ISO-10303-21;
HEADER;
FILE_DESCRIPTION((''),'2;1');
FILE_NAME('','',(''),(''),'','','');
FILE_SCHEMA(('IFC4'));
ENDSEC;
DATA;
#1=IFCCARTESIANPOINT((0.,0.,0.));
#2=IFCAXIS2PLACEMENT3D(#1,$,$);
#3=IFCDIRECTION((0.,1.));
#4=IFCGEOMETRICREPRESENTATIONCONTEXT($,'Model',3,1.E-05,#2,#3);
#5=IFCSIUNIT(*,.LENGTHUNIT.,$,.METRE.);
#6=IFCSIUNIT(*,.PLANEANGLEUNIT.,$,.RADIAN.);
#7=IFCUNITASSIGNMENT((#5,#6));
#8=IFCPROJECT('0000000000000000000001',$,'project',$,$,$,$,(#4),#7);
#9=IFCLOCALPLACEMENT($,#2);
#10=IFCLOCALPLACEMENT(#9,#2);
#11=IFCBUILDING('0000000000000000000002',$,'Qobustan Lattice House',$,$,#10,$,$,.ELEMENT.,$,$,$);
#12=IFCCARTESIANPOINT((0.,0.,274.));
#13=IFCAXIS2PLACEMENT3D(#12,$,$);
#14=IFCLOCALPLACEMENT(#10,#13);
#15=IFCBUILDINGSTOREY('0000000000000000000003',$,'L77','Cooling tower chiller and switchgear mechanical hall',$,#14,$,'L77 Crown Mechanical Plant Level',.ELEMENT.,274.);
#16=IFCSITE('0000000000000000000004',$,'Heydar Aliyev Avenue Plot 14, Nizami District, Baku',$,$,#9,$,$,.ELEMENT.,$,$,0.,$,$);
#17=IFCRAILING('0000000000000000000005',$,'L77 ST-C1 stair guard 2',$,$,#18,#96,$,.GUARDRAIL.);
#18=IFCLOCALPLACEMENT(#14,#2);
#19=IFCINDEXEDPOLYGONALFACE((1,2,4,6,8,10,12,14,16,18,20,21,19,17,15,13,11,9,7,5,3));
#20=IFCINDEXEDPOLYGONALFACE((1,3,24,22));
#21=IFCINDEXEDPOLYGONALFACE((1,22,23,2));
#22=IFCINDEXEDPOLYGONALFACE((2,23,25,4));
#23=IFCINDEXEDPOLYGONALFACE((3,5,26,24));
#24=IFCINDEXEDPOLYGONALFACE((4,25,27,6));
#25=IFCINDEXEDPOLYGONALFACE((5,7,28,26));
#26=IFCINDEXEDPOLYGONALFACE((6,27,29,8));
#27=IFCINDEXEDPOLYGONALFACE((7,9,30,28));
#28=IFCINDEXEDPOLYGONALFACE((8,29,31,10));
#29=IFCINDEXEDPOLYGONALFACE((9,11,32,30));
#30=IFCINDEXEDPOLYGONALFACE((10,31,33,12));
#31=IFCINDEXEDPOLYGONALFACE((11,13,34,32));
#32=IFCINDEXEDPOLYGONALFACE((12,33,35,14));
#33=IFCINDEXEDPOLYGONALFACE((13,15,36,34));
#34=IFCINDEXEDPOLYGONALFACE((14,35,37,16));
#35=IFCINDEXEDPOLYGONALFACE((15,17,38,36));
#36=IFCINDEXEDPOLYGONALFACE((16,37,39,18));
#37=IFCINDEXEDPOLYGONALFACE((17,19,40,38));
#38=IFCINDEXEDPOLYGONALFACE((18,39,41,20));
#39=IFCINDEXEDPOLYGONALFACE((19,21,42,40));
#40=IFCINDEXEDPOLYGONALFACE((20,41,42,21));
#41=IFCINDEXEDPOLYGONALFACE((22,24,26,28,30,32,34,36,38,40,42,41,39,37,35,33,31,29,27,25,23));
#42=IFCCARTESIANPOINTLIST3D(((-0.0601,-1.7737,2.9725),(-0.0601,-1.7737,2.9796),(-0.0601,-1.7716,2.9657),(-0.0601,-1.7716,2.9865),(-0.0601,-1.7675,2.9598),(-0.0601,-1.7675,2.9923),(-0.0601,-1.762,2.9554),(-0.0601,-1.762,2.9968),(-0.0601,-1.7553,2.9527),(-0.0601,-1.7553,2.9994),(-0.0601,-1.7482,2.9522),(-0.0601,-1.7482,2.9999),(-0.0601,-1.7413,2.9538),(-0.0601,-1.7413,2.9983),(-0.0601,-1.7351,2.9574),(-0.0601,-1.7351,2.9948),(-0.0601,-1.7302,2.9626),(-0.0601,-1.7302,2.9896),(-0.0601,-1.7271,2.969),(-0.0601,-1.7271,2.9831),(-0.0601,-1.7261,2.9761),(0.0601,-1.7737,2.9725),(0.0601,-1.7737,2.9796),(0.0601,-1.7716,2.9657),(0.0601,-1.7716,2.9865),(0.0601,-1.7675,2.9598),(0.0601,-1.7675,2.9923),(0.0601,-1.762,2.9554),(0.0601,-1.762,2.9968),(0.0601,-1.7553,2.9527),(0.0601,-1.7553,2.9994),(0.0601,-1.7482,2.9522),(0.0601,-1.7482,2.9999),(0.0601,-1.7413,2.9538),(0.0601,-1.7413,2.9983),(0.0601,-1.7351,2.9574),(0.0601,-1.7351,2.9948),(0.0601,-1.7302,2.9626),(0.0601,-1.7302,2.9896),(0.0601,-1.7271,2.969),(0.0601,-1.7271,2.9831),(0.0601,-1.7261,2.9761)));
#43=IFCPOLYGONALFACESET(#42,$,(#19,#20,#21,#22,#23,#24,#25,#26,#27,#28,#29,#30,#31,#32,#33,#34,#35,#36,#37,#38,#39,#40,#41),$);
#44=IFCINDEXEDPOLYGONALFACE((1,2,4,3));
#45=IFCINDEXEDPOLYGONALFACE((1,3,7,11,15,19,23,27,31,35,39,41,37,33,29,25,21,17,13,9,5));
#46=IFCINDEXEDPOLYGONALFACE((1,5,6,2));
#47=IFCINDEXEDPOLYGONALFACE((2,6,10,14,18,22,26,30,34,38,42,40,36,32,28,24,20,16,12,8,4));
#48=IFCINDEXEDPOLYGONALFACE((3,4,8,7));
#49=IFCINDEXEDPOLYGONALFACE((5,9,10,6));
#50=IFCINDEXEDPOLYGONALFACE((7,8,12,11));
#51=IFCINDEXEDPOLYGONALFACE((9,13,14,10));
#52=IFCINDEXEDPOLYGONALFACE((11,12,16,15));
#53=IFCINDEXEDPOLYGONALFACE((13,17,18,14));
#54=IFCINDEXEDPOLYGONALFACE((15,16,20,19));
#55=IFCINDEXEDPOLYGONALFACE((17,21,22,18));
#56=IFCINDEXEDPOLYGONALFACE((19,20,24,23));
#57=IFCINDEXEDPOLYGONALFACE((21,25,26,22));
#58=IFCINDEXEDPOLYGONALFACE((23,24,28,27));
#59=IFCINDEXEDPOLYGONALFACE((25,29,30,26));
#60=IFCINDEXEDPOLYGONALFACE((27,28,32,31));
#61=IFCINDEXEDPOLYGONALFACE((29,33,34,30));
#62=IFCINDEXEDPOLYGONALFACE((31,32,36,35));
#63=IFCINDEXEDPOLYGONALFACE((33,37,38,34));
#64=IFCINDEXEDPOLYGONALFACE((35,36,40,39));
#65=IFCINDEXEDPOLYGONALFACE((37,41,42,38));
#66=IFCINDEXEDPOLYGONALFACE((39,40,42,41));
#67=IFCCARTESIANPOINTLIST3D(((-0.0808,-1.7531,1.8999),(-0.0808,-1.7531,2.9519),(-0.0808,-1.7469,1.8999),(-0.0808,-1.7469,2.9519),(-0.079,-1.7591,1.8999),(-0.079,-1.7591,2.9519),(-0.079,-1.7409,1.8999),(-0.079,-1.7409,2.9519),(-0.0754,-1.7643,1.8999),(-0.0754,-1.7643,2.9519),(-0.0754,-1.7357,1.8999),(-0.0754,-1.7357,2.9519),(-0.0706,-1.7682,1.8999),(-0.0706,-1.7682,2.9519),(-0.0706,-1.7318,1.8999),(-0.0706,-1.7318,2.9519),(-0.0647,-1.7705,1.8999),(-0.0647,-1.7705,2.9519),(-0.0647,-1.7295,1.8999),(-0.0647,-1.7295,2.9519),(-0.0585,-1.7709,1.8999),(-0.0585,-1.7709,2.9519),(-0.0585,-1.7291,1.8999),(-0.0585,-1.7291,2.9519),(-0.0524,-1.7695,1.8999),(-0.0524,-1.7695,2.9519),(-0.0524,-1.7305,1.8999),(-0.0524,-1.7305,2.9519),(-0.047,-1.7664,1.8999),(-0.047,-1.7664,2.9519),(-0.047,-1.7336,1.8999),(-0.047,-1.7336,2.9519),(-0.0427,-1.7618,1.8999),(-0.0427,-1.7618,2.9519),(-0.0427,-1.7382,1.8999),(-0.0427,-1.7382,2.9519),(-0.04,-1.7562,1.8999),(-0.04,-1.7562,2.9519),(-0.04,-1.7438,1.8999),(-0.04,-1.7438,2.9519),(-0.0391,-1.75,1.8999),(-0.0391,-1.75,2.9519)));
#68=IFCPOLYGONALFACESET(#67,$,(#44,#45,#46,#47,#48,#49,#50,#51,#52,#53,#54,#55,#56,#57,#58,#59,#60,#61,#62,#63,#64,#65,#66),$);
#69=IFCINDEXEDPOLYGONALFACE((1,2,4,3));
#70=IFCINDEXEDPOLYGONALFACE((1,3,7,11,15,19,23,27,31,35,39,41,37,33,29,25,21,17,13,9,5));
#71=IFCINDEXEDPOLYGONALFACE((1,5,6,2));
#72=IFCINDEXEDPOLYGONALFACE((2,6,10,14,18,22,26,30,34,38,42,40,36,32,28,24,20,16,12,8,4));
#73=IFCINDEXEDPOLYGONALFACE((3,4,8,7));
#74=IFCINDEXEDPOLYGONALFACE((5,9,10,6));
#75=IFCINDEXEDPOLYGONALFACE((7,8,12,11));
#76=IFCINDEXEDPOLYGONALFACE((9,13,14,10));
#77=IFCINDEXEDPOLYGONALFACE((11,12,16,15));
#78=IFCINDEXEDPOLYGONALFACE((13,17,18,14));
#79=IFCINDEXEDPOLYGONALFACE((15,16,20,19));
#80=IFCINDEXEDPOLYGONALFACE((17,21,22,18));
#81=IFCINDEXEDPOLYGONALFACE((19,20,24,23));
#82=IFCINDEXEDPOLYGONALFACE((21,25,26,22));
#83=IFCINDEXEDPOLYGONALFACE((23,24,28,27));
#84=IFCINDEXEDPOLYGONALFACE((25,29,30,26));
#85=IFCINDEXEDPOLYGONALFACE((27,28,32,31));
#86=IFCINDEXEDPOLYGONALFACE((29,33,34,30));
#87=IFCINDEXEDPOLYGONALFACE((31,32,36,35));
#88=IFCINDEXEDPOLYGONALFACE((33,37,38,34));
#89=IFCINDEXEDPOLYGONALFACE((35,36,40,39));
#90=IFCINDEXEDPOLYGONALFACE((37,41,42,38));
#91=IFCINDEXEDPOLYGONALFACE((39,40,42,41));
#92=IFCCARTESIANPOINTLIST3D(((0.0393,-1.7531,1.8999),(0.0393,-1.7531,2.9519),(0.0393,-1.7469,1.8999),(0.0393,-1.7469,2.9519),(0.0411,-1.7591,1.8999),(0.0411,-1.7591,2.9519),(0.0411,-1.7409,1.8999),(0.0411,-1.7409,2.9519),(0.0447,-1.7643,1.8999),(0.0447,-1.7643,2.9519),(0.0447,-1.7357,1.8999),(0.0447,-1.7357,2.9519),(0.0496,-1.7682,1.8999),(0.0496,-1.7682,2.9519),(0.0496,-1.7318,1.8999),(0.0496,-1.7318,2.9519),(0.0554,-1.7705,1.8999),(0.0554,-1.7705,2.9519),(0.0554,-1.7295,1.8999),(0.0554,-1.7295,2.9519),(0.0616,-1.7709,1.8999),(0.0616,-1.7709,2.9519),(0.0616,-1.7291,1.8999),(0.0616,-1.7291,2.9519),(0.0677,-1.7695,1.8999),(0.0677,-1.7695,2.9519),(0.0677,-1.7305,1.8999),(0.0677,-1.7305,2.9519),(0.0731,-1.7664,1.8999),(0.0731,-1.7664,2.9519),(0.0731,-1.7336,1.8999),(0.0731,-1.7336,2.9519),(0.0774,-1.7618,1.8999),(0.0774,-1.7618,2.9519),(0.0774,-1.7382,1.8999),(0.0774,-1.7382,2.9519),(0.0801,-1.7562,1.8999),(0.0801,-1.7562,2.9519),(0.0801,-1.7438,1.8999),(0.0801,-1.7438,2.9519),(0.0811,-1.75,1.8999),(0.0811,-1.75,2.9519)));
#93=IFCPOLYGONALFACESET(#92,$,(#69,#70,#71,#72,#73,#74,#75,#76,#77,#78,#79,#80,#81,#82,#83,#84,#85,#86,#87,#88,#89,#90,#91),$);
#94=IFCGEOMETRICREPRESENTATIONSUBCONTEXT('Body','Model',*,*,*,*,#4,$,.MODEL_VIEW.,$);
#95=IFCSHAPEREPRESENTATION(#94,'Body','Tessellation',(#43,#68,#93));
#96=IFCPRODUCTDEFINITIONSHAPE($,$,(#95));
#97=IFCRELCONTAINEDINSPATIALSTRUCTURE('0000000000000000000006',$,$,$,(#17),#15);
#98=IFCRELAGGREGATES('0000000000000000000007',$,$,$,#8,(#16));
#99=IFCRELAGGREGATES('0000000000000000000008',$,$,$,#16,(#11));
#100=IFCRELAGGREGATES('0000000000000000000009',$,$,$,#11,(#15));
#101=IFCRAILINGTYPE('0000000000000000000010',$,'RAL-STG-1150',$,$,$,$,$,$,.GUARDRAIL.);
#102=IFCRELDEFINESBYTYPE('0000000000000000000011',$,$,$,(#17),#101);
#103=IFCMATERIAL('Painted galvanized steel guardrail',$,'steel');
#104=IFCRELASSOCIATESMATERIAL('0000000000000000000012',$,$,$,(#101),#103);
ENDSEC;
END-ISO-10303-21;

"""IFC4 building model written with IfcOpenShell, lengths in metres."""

from ifc_helpers import new_model, si_unit, direction, frame, origin, origin_2d, place, context, subcontext, project, spatial, circle, extrude, material, type_object, element, save


model = new_model("IFC4")

# Units and contexts
model_context = context("Model", 3, precision=1e-05, world=origin(), true_north=direction((0.0, 1.0)))
body_context = subcontext(model_context, "Body", "Model", "MODEL_VIEW")
ifc_project = project(units=[si_unit("LENGTHUNIT", "METRE"), si_unit("PLANEANGLEUNIT", "RADIAN")], contexts=[model_context])

# Site, building, storey
site_placement = place(None, origin())
site = spatial("IfcSite", under=ifc_project, at=site_placement, Name="Heydar Aliyev Avenue Plot 14, Nizami District, Baku", CompositionType="ELEMENT", RefElevation=0.0)
building_placement = place(site_placement, origin())
building = spatial("IfcBuilding", under=site, at=building_placement, Name="Qobustan Lattice House", CompositionType="ELEMENT")
storey_placement = place(building_placement, frame((0.0, 0.0, 274.0)))
storey = spatial("IfcBuildingStorey", under=building, at=storey_placement, Name="L77", Description="Cooling tower chiller and switchgear mechanical hall", LongName="L77 Crown Mechanical Plant Level", CompositionType="ELEMENT", Elevation=274.0)

# Railing
ifc_material_1 = material(Name="Painted galvanized steel guardrail", Category="steel")
railing_type = type_object("IfcRailingType", Name="RAL-STG-1150", PredefinedType="GUARDRAIL", material=ifc_material_1)
railing_1_placement = place(storey_placement, frame((-0.0601, -1.75, 1.8999)))
element("IfcRailing", 1, at=railing_1_placement, inside=storey, type_object=railing_type, Name="L77 ST-C1 stair guard 2", PredefinedType="GUARDRAIL", context=body_context, shape_type="SweptSolid", body=[
    extrude(circle(Radius=0.0239, at=origin_2d()), frame((0.0, 0.0, 1.0762), z_axis=(1.0, 0.0, 0.0), x_axis=(0.0, 1.0, 0.0)), (0.0, 0.0, 1.0), 0.1201),
    extrude(circle(Radius=0.021, at=origin_2d()), origin(), (0.0, 0.0, 1.0), 1.052),
    extrude(circle(Radius=0.021, at=origin_2d()), frame((0.1201, 0.0, 0.0)), (0.0, 0.0, 1.0), 1.052),
])

save(model, "model.ifc")
